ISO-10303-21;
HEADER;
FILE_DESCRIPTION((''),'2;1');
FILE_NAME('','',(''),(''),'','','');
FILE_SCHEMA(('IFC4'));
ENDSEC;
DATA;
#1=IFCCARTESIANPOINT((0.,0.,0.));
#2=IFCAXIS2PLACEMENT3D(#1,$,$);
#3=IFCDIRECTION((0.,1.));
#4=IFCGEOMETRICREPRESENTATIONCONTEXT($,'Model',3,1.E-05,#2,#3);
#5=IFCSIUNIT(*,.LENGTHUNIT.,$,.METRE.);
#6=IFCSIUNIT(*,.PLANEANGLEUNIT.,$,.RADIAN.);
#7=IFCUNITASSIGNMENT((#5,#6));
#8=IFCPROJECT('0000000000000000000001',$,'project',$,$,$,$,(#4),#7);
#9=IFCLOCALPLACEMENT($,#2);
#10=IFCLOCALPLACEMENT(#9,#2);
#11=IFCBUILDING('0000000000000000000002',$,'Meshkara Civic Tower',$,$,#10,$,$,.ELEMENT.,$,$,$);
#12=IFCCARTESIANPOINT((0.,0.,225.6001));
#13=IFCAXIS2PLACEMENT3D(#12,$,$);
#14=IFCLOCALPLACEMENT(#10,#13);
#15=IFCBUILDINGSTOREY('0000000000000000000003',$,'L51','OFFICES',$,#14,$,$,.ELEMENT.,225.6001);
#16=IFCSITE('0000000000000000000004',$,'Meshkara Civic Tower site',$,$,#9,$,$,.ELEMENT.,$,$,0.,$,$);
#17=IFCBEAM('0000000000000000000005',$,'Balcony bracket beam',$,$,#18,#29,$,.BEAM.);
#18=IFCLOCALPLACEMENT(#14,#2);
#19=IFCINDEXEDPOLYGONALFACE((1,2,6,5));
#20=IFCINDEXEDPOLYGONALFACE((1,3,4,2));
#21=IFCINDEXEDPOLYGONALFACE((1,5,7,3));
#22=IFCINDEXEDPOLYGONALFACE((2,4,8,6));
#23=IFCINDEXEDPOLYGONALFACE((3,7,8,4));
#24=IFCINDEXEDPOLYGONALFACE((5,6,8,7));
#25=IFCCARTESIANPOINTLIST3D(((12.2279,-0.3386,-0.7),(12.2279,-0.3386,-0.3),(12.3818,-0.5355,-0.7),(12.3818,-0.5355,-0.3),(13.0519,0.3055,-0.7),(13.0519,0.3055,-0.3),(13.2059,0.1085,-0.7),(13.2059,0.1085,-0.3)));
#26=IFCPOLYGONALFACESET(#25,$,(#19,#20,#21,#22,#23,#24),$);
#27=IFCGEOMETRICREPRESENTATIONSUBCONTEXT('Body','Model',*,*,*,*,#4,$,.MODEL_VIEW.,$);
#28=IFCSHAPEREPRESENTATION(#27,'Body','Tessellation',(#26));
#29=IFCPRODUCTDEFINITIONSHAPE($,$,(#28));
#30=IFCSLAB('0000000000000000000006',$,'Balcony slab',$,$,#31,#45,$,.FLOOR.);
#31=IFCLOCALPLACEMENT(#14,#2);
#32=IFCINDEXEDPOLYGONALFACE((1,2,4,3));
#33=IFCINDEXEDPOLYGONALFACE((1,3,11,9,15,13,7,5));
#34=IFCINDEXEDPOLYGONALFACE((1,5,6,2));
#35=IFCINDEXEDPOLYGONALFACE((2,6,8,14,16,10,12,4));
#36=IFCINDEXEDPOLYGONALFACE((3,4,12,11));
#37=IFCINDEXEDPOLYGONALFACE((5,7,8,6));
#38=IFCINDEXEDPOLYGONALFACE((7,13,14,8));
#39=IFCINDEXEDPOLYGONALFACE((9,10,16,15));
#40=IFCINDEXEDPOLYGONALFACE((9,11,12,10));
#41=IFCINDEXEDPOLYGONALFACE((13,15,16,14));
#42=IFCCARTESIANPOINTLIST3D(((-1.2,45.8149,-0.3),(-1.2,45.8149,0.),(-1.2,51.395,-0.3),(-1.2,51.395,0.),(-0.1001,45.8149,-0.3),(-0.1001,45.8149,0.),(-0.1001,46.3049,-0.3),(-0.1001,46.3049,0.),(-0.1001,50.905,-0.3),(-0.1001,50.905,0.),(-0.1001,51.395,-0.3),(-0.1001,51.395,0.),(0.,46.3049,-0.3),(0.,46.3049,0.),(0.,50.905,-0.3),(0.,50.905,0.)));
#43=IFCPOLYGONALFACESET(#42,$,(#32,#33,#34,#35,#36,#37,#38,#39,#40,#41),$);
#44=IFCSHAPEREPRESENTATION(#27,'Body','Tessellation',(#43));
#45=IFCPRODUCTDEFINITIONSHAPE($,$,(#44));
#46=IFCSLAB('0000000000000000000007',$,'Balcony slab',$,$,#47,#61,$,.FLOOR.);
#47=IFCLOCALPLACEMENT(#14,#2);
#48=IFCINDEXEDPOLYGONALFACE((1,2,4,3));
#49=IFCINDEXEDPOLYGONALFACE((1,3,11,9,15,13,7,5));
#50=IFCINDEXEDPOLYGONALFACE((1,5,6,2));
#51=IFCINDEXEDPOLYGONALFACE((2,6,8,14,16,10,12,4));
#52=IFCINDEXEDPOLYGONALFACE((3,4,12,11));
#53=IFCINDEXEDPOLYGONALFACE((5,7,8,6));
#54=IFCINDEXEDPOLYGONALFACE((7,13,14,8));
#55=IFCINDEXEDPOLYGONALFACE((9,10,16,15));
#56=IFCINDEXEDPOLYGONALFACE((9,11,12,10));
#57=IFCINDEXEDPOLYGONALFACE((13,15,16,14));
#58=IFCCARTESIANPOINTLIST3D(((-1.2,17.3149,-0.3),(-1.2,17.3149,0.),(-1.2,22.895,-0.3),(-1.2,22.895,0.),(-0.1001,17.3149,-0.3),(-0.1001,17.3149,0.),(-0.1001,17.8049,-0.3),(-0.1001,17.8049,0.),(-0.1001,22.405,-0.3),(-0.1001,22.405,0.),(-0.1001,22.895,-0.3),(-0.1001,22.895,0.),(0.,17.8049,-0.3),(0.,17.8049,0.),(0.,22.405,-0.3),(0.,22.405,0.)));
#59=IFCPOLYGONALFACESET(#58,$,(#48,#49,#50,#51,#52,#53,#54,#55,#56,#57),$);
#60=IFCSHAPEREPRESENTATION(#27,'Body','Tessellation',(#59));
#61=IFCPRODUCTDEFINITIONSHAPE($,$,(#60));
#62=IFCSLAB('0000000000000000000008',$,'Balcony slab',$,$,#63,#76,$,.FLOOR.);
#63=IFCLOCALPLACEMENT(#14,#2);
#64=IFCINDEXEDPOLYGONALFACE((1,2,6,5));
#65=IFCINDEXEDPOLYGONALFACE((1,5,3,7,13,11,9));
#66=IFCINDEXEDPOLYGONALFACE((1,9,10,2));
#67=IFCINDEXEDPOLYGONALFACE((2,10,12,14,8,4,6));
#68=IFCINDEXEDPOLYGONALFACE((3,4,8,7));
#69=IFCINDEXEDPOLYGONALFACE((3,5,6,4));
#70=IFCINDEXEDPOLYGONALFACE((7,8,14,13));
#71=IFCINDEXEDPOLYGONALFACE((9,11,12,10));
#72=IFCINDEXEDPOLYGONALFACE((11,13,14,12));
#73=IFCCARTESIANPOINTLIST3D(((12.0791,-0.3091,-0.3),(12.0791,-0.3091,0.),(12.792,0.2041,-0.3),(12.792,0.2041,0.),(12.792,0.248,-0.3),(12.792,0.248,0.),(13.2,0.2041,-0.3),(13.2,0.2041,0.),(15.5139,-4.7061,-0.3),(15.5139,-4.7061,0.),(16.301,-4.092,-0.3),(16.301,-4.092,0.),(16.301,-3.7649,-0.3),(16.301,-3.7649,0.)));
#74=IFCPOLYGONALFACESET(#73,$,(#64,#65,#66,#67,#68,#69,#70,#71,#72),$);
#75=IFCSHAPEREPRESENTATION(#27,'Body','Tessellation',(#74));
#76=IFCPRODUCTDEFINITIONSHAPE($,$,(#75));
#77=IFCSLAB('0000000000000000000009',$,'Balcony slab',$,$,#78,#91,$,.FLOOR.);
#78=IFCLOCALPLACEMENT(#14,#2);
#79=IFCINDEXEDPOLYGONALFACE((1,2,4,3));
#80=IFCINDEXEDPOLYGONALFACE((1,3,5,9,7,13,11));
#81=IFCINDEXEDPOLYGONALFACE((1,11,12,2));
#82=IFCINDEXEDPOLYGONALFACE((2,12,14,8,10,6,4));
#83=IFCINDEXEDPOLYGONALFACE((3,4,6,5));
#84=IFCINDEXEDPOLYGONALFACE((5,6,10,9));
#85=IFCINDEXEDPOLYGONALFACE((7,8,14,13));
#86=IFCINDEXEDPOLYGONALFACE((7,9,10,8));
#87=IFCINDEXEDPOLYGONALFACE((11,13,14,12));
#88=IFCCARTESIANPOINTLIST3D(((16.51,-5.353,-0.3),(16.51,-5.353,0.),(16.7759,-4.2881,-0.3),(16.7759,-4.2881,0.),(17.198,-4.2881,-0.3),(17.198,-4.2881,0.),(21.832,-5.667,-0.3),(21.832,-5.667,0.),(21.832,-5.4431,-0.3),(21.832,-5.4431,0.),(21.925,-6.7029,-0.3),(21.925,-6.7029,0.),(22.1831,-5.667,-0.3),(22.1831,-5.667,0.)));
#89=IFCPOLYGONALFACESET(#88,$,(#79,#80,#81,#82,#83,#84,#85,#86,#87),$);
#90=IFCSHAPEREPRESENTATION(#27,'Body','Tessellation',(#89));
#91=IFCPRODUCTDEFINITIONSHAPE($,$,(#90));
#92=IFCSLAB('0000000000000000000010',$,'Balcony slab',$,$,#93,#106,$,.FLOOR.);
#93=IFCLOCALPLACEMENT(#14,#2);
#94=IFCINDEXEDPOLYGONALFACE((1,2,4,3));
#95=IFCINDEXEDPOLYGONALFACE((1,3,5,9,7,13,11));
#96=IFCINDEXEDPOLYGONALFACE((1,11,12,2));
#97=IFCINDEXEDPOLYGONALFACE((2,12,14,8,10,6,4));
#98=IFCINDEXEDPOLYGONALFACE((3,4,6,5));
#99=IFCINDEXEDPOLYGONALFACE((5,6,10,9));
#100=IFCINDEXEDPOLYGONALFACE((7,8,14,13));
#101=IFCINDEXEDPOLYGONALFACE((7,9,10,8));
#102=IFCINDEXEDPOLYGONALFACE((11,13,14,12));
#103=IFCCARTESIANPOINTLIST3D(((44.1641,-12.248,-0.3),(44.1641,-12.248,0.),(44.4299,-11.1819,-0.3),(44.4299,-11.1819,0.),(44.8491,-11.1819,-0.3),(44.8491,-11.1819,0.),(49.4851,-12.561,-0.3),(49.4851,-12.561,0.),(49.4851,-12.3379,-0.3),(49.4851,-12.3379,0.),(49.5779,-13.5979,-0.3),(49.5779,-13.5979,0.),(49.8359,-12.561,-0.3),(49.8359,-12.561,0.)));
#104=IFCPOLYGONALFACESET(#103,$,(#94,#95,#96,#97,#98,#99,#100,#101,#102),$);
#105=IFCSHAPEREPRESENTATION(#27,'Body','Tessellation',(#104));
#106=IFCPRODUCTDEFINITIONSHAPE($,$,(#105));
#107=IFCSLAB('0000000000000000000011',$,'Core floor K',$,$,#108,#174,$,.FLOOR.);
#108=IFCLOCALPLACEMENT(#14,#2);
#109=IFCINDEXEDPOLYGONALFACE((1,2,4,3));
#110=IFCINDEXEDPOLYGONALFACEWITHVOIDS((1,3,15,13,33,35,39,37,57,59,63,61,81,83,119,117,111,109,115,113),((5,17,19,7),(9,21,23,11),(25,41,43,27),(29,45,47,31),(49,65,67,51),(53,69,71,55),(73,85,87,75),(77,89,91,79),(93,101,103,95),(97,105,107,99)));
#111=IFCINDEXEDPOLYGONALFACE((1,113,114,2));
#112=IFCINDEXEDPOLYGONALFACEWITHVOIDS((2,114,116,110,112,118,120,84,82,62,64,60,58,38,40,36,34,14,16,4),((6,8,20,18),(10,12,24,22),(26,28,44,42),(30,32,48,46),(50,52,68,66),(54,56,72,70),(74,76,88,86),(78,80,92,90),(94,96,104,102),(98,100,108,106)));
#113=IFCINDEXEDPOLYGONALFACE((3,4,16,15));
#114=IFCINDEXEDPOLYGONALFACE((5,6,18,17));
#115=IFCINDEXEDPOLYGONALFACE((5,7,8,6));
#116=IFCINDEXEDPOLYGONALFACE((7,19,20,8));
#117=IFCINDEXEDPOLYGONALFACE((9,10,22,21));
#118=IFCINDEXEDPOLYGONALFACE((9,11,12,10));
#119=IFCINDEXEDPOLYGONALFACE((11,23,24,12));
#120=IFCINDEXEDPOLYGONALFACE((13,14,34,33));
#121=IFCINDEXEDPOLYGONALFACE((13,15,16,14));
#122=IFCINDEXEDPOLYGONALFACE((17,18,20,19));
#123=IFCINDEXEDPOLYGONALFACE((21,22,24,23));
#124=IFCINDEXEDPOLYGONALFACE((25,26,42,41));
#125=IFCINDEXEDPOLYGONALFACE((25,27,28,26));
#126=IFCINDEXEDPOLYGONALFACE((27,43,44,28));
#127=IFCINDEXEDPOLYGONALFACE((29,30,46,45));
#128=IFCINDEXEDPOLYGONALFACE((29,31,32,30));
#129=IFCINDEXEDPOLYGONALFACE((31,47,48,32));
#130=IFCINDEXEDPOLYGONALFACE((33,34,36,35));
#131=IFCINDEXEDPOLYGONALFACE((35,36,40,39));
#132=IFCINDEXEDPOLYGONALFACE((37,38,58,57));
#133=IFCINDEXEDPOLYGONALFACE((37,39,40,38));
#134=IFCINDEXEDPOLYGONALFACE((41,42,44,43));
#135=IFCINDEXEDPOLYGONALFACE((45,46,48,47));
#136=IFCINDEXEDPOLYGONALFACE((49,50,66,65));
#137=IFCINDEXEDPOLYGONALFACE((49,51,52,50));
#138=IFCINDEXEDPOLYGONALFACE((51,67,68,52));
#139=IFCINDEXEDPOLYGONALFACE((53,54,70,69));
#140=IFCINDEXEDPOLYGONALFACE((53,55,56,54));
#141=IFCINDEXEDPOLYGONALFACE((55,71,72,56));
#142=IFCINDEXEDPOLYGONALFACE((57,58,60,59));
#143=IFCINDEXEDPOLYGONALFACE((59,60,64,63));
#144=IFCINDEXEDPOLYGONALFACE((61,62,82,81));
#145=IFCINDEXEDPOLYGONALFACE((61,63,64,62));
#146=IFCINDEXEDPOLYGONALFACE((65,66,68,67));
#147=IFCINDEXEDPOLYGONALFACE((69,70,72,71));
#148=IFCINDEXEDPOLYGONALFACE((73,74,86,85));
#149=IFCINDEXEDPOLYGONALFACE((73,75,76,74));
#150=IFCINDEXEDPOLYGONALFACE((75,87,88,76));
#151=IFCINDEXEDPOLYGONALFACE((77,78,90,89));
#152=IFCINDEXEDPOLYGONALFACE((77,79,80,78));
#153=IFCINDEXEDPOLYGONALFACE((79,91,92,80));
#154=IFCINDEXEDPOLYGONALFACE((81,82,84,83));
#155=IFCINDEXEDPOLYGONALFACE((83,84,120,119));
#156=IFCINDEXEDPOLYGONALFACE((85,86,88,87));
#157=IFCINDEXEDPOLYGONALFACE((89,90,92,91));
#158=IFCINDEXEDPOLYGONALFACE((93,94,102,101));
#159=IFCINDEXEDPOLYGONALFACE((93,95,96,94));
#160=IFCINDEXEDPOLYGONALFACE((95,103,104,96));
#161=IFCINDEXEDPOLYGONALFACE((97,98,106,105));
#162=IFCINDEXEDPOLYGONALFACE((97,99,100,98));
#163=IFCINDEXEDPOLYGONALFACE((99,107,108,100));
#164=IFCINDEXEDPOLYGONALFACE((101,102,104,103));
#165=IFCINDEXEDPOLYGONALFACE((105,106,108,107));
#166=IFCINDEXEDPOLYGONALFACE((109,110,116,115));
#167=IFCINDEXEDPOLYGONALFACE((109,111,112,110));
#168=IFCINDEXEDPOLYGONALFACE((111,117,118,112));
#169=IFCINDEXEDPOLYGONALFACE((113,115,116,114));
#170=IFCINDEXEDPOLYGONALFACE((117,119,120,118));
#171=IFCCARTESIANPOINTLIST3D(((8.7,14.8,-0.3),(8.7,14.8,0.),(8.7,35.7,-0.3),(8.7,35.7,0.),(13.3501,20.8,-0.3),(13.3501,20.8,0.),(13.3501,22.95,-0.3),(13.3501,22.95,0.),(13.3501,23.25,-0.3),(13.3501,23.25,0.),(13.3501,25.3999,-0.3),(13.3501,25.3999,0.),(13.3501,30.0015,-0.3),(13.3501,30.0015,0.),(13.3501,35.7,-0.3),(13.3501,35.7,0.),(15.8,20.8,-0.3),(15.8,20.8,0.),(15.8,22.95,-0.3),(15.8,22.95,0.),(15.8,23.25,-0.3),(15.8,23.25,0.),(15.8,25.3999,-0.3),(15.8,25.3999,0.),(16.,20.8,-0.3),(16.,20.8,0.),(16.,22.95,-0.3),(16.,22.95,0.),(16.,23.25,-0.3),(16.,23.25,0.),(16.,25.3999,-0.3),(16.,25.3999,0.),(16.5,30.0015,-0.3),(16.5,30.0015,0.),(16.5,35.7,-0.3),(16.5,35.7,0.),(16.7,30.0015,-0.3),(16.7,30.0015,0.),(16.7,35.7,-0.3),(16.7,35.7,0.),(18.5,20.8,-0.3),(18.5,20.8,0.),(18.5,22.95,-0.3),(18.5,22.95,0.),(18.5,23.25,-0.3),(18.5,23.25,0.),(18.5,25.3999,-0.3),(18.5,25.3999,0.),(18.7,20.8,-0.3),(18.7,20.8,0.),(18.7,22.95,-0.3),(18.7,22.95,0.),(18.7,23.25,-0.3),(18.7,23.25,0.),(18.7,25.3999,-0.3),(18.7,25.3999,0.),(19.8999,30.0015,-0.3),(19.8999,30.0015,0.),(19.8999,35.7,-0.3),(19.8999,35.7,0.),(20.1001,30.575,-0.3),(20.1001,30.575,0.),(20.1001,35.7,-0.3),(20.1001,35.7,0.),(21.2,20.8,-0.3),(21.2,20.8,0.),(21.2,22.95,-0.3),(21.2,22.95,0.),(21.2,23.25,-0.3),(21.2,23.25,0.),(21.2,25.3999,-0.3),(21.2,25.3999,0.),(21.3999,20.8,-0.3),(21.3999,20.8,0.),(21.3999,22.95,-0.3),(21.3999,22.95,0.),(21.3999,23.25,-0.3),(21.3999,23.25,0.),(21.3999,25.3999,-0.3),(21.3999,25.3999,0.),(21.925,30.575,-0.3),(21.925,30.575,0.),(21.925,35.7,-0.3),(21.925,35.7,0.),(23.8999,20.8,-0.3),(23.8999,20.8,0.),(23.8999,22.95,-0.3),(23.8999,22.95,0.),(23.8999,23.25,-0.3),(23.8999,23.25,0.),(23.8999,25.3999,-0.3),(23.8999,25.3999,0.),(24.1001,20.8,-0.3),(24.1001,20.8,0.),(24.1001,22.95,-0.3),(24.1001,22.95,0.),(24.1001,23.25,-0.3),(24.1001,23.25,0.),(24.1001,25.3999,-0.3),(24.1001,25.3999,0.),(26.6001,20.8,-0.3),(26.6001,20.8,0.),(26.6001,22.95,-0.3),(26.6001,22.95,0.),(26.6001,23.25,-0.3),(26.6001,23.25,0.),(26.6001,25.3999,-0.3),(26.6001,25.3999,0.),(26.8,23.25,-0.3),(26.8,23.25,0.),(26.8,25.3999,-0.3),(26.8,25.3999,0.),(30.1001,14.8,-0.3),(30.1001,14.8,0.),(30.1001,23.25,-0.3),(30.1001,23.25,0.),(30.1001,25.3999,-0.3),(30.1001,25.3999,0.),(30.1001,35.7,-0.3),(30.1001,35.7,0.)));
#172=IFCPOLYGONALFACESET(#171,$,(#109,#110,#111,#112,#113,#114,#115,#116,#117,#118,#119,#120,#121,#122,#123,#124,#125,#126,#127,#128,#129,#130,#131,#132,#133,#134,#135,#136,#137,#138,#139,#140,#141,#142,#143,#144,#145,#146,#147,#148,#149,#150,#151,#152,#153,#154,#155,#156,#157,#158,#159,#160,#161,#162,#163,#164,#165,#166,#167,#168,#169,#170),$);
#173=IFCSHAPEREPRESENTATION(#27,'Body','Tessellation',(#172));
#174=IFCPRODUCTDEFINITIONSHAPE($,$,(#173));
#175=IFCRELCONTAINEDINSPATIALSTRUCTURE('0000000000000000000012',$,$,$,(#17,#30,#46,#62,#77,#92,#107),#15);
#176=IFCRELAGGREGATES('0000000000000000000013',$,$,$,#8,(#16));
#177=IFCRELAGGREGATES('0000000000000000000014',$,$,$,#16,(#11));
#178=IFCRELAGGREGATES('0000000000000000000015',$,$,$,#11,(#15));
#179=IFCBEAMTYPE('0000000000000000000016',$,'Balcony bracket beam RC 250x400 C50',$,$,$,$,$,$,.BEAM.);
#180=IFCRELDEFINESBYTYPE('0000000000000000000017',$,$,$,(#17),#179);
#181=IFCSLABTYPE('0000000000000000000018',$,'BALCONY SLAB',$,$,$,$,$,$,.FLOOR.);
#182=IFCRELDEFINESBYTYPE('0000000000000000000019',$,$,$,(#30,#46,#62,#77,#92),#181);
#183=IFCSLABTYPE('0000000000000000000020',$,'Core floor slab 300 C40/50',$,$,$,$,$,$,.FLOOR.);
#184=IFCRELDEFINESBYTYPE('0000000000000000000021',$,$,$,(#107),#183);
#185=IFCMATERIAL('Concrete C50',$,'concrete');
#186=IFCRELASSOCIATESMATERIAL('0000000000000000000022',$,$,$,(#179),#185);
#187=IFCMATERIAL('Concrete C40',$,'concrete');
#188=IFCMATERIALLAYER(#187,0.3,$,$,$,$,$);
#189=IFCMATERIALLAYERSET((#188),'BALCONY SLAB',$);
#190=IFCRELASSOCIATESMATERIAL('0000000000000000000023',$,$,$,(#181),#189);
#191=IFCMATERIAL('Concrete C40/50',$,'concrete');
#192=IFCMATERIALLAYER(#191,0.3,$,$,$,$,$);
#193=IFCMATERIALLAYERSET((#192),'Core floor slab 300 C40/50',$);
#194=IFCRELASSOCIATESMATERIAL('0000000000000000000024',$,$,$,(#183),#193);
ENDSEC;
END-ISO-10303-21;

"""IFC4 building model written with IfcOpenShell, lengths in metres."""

from ifc_helpers import new_model, si_unit, direction, frame, origin, origin_2d, place, context, subcontext, project, spatial, polyline, rectangle, outline, extrude, material, layer, layer_set, material_profile, profile_set, type_object, element, save


model = new_model("IFC4")

# Units and contexts
model_context = context("Model", 3, precision=1e-05, world=origin(), true_north=direction((0.0, 1.0)))
body_context = subcontext(model_context, "Body", "Model", "MODEL_VIEW")
ifc_project = project(units=[si_unit("LENGTHUNIT", "METRE"), si_unit("PLANEANGLEUNIT", "RADIAN")], contexts=[model_context])

# Site, building, storey
site_placement = place(None, origin())
site = spatial("IfcSite", under=ifc_project, at=site_placement, Name="Meshkara Civic Tower site", CompositionType="ELEMENT", RefElevation=0.0)
building_placement = place(site_placement, origin())
building = spatial("IfcBuilding", under=site, at=building_placement, Name="Meshkara Civic Tower", CompositionType="ELEMENT")
storey_placement = place(building_placement, frame((0.0, 0.0, 225.6001)))
storey = spatial("IfcBuildingStorey", under=building, at=storey_placement, Name="L51", Description="OFFICES", CompositionType="ELEMENT", Elevation=225.6001)

# Beam
ifc_material_1 = material(Name="Concrete C50", Category="concrete")
ifc_material_profile = material_profile(ifc_material_1, rectangle(XDim=0.25, YDim=0.3999, at=origin_2d()))
ifc_profile_set = profile_set([ifc_material_profile], Name="Concrete C50")
beam_type = type_object("IfcBeamType", Name="Balcony bracket beam RC 250x400 C50", PredefinedType="BEAM", material=ifc_profile_set)
beam_placement = place(storey_placement, frame((13.1289, 0.207, -0.5), z_axis=(-0.787879, -0.61583, 0.0), x_axis=(0.61583, -0.787879, 0.0)))
element("IfcBeam", 1, at=beam_placement, inside=storey, type_object=beam_type, Name="Balcony bracket beam", PredefinedType="BEAM", context=body_context, shape_type="SweptSolid", body=[
    extrude(rectangle(XDim=0.25, YDim=0.3999, at=origin_2d()), origin(), (0.0, 0.0, 1.0), 1.0459),
])

# Slabs
ifc_material_2 = material(Name="Concrete C40", Category="concrete")
ifc_layer_1 = layer(ifc_material_2, 0.3)
ifc_layer_set_1 = layer_set([ifc_layer_1], Name="BALCONY SLAB")
slab_type_1 = type_object("IfcSlabType", Name="BALCONY SLAB", PredefinedType="FLOOR", material=ifc_layer_set_1)
slab_1_placement = place(storey_placement, frame((0.0, 0.0, -0.3)))
element("IfcSlab", 2, at=slab_1_placement, inside=storey, type_object=slab_type_1, Name="Balcony slab", PredefinedType="FLOOR", context=body_context, shape_type="SweptSolid", body=[
    extrude(outline(polyline([(-1.2, 45.8149), (-1.2, 51.395), (-0.1001, 51.395), (-0.1001, 50.905), (0.0, 50.905), (0.0, 46.3049), (-0.1001, 46.3049), (-0.1001, 45.8149), (-1.2, 45.8149)])), origin(), (0.0, 0.0, 1.0), 0.3),
])
slab_2_placement = place(storey_placement, frame((0.0, 0.0, -0.3)))
element("IfcSlab", 3, at=slab_2_placement, inside=storey, type_object=slab_type_1, Name="Balcony slab", PredefinedType="FLOOR", context=body_context, shape_type="SweptSolid", body=[
    extrude(outline(polyline([(-1.2, 17.3149), (-1.2, 22.895), (-0.1001, 22.895), (-0.1001, 22.405), (0.0, 22.405), (0.0, 17.8049), (-0.1001, 17.8049), (-0.1001, 17.3149), (-1.2, 17.3149)])), origin(), (0.0, 0.0, 1.0), 0.3),
])
slab_3_placement = place(storey_placement, frame((0.0, 0.0, -0.3)))
element("IfcSlab", 4, at=slab_3_placement, inside=storey, type_object=slab_type_1, Name="Balcony slab", PredefinedType="FLOOR", context=body_context, shape_type="SweptSolid", body=[
    extrude(outline(polyline([(15.5139, -4.7061), (12.0791, -0.3091), (12.792, 0.248), (12.792, 0.2041), (13.2, 0.2041), (16.301, -3.7649), (16.301, -4.092), (15.5139, -4.7061)])), origin(), (0.0, 0.0, 1.0), 0.3),
])
slab_4_placement = place(storey_placement, frame((0.0, 0.0, -0.3)))
element("IfcSlab", 5, at=slab_4_placement, inside=storey, type_object=slab_type_1, Name="Balcony slab", PredefinedType="FLOOR", context=body_context, shape_type="SweptSolid", body=[
    extrude(outline(polyline([(21.925, -6.7029), (16.51, -5.353), (16.7759, -4.2881), (17.198, -4.2881), (21.832, -5.4431), (21.832, -5.667), (22.1831, -5.667), (21.925, -6.7029)])), origin(), (0.0, 0.0, 1.0), 0.3),
])
slab_5_placement = place(storey_placement, frame((0.0, 0.0, -0.3)))
element("IfcSlab", 6, at=slab_5_placement, inside=storey, type_object=slab_type_1, Name="Balcony slab", PredefinedType="FLOOR", context=body_context, shape_type="SweptSolid", body=[
    extrude(outline(polyline([(49.5779, -13.5979), (44.1641, -12.248), (44.4299, -11.1819), (44.8491, -11.1819), (49.4851, -12.3379), (49.4851, -12.561), (49.8359, -12.561), (49.5779, -13.5979)])), origin(), (0.0, 0.0, 1.0), 0.3),
])
ifc_material_3 = material(Name="Concrete C40/50", Category="concrete")
ifc_layer_2 = layer(ifc_material_3, 0.3)
ifc_layer_set_2 = layer_set([ifc_layer_2], Name="Core floor slab 300 C40/50")
slab_type_2 = type_object("IfcSlabType", Name="Core floor slab 300 C40/50", PredefinedType="FLOOR", material=ifc_layer_set_2)
slab_6_placement = place(storey_placement, frame((0.0, 0.0, -0.3)))
element("IfcSlab", 7, at=slab_6_placement, inside=storey, type_object=slab_type_2, Name="Core floor K", PredefinedType="FLOOR", context=body_context, shape_type="SweptSolid", body=[
    extrude(outline(polyline([(8.7, 35.7), (13.3501, 35.7), (13.3501, 30.0015), (16.5, 30.0015), (16.5, 35.7), (16.7, 35.7), (16.7, 30.0015), (19.8999, 30.0015), (19.8999, 35.7), (20.1001, 35.7), (20.1001, 30.575), (21.925, 30.575), (21.925, 35.7), (30.1001, 35.7), (30.1001, 25.3999), (26.8, 25.3999), (26.8, 23.25), (30.1001, 23.25), (30.1001, 14.8), (8.7, 14.8), (8.7, 35.7)]), holes=[polyline([(15.8, 22.95), (13.3501, 22.95), (13.3501, 20.8), (15.8, 20.8), (15.8, 22.95)]), polyline([(16.0, 22.95), (16.0, 20.8), (18.5, 20.8), (18.5, 22.95), (16.0, 22.95)]), polyline([(18.7, 22.95), (18.7, 20.8), (21.2, 20.8), (21.2, 22.95), (18.7, 22.95)]), polyline([(15.8, 23.25), (15.8, 25.3999), (13.3501, 25.3999), (13.3501, 23.25), (15.8, 23.25)]), polyline([(16.0, 25.3999), (16.0, 23.25), (18.5, 23.25), (18.5, 25.3999), (16.0, 25.3999)]), polyline([(21.3999, 20.8), (23.8999, 20.8), (23.8999, 22.95), (21.3999, 22.95), (21.3999, 20.8)]), polyline([(24.1001, 20.8), (26.6001, 20.8), (26.6001, 22.95), (24.1001, 22.95), (24.1001, 20.8)]), polyline([(18.7, 25.3999), (18.7, 23.25), (21.2, 23.25), (21.2, 25.3999), (18.7, 25.3999)]), polyline([(21.3999, 25.3999), (21.3999, 23.25), (23.8999, 23.25), (23.8999, 25.3999), (21.3999, 25.3999)]), polyline([(24.1001, 23.25), (26.6001, 23.25), (26.6001, 25.3999), (24.1001, 25.3999), (24.1001, 23.25)])]), origin(), (0.0, 0.0, 1.0), 0.3),
])

save(model, "model.ifc")
